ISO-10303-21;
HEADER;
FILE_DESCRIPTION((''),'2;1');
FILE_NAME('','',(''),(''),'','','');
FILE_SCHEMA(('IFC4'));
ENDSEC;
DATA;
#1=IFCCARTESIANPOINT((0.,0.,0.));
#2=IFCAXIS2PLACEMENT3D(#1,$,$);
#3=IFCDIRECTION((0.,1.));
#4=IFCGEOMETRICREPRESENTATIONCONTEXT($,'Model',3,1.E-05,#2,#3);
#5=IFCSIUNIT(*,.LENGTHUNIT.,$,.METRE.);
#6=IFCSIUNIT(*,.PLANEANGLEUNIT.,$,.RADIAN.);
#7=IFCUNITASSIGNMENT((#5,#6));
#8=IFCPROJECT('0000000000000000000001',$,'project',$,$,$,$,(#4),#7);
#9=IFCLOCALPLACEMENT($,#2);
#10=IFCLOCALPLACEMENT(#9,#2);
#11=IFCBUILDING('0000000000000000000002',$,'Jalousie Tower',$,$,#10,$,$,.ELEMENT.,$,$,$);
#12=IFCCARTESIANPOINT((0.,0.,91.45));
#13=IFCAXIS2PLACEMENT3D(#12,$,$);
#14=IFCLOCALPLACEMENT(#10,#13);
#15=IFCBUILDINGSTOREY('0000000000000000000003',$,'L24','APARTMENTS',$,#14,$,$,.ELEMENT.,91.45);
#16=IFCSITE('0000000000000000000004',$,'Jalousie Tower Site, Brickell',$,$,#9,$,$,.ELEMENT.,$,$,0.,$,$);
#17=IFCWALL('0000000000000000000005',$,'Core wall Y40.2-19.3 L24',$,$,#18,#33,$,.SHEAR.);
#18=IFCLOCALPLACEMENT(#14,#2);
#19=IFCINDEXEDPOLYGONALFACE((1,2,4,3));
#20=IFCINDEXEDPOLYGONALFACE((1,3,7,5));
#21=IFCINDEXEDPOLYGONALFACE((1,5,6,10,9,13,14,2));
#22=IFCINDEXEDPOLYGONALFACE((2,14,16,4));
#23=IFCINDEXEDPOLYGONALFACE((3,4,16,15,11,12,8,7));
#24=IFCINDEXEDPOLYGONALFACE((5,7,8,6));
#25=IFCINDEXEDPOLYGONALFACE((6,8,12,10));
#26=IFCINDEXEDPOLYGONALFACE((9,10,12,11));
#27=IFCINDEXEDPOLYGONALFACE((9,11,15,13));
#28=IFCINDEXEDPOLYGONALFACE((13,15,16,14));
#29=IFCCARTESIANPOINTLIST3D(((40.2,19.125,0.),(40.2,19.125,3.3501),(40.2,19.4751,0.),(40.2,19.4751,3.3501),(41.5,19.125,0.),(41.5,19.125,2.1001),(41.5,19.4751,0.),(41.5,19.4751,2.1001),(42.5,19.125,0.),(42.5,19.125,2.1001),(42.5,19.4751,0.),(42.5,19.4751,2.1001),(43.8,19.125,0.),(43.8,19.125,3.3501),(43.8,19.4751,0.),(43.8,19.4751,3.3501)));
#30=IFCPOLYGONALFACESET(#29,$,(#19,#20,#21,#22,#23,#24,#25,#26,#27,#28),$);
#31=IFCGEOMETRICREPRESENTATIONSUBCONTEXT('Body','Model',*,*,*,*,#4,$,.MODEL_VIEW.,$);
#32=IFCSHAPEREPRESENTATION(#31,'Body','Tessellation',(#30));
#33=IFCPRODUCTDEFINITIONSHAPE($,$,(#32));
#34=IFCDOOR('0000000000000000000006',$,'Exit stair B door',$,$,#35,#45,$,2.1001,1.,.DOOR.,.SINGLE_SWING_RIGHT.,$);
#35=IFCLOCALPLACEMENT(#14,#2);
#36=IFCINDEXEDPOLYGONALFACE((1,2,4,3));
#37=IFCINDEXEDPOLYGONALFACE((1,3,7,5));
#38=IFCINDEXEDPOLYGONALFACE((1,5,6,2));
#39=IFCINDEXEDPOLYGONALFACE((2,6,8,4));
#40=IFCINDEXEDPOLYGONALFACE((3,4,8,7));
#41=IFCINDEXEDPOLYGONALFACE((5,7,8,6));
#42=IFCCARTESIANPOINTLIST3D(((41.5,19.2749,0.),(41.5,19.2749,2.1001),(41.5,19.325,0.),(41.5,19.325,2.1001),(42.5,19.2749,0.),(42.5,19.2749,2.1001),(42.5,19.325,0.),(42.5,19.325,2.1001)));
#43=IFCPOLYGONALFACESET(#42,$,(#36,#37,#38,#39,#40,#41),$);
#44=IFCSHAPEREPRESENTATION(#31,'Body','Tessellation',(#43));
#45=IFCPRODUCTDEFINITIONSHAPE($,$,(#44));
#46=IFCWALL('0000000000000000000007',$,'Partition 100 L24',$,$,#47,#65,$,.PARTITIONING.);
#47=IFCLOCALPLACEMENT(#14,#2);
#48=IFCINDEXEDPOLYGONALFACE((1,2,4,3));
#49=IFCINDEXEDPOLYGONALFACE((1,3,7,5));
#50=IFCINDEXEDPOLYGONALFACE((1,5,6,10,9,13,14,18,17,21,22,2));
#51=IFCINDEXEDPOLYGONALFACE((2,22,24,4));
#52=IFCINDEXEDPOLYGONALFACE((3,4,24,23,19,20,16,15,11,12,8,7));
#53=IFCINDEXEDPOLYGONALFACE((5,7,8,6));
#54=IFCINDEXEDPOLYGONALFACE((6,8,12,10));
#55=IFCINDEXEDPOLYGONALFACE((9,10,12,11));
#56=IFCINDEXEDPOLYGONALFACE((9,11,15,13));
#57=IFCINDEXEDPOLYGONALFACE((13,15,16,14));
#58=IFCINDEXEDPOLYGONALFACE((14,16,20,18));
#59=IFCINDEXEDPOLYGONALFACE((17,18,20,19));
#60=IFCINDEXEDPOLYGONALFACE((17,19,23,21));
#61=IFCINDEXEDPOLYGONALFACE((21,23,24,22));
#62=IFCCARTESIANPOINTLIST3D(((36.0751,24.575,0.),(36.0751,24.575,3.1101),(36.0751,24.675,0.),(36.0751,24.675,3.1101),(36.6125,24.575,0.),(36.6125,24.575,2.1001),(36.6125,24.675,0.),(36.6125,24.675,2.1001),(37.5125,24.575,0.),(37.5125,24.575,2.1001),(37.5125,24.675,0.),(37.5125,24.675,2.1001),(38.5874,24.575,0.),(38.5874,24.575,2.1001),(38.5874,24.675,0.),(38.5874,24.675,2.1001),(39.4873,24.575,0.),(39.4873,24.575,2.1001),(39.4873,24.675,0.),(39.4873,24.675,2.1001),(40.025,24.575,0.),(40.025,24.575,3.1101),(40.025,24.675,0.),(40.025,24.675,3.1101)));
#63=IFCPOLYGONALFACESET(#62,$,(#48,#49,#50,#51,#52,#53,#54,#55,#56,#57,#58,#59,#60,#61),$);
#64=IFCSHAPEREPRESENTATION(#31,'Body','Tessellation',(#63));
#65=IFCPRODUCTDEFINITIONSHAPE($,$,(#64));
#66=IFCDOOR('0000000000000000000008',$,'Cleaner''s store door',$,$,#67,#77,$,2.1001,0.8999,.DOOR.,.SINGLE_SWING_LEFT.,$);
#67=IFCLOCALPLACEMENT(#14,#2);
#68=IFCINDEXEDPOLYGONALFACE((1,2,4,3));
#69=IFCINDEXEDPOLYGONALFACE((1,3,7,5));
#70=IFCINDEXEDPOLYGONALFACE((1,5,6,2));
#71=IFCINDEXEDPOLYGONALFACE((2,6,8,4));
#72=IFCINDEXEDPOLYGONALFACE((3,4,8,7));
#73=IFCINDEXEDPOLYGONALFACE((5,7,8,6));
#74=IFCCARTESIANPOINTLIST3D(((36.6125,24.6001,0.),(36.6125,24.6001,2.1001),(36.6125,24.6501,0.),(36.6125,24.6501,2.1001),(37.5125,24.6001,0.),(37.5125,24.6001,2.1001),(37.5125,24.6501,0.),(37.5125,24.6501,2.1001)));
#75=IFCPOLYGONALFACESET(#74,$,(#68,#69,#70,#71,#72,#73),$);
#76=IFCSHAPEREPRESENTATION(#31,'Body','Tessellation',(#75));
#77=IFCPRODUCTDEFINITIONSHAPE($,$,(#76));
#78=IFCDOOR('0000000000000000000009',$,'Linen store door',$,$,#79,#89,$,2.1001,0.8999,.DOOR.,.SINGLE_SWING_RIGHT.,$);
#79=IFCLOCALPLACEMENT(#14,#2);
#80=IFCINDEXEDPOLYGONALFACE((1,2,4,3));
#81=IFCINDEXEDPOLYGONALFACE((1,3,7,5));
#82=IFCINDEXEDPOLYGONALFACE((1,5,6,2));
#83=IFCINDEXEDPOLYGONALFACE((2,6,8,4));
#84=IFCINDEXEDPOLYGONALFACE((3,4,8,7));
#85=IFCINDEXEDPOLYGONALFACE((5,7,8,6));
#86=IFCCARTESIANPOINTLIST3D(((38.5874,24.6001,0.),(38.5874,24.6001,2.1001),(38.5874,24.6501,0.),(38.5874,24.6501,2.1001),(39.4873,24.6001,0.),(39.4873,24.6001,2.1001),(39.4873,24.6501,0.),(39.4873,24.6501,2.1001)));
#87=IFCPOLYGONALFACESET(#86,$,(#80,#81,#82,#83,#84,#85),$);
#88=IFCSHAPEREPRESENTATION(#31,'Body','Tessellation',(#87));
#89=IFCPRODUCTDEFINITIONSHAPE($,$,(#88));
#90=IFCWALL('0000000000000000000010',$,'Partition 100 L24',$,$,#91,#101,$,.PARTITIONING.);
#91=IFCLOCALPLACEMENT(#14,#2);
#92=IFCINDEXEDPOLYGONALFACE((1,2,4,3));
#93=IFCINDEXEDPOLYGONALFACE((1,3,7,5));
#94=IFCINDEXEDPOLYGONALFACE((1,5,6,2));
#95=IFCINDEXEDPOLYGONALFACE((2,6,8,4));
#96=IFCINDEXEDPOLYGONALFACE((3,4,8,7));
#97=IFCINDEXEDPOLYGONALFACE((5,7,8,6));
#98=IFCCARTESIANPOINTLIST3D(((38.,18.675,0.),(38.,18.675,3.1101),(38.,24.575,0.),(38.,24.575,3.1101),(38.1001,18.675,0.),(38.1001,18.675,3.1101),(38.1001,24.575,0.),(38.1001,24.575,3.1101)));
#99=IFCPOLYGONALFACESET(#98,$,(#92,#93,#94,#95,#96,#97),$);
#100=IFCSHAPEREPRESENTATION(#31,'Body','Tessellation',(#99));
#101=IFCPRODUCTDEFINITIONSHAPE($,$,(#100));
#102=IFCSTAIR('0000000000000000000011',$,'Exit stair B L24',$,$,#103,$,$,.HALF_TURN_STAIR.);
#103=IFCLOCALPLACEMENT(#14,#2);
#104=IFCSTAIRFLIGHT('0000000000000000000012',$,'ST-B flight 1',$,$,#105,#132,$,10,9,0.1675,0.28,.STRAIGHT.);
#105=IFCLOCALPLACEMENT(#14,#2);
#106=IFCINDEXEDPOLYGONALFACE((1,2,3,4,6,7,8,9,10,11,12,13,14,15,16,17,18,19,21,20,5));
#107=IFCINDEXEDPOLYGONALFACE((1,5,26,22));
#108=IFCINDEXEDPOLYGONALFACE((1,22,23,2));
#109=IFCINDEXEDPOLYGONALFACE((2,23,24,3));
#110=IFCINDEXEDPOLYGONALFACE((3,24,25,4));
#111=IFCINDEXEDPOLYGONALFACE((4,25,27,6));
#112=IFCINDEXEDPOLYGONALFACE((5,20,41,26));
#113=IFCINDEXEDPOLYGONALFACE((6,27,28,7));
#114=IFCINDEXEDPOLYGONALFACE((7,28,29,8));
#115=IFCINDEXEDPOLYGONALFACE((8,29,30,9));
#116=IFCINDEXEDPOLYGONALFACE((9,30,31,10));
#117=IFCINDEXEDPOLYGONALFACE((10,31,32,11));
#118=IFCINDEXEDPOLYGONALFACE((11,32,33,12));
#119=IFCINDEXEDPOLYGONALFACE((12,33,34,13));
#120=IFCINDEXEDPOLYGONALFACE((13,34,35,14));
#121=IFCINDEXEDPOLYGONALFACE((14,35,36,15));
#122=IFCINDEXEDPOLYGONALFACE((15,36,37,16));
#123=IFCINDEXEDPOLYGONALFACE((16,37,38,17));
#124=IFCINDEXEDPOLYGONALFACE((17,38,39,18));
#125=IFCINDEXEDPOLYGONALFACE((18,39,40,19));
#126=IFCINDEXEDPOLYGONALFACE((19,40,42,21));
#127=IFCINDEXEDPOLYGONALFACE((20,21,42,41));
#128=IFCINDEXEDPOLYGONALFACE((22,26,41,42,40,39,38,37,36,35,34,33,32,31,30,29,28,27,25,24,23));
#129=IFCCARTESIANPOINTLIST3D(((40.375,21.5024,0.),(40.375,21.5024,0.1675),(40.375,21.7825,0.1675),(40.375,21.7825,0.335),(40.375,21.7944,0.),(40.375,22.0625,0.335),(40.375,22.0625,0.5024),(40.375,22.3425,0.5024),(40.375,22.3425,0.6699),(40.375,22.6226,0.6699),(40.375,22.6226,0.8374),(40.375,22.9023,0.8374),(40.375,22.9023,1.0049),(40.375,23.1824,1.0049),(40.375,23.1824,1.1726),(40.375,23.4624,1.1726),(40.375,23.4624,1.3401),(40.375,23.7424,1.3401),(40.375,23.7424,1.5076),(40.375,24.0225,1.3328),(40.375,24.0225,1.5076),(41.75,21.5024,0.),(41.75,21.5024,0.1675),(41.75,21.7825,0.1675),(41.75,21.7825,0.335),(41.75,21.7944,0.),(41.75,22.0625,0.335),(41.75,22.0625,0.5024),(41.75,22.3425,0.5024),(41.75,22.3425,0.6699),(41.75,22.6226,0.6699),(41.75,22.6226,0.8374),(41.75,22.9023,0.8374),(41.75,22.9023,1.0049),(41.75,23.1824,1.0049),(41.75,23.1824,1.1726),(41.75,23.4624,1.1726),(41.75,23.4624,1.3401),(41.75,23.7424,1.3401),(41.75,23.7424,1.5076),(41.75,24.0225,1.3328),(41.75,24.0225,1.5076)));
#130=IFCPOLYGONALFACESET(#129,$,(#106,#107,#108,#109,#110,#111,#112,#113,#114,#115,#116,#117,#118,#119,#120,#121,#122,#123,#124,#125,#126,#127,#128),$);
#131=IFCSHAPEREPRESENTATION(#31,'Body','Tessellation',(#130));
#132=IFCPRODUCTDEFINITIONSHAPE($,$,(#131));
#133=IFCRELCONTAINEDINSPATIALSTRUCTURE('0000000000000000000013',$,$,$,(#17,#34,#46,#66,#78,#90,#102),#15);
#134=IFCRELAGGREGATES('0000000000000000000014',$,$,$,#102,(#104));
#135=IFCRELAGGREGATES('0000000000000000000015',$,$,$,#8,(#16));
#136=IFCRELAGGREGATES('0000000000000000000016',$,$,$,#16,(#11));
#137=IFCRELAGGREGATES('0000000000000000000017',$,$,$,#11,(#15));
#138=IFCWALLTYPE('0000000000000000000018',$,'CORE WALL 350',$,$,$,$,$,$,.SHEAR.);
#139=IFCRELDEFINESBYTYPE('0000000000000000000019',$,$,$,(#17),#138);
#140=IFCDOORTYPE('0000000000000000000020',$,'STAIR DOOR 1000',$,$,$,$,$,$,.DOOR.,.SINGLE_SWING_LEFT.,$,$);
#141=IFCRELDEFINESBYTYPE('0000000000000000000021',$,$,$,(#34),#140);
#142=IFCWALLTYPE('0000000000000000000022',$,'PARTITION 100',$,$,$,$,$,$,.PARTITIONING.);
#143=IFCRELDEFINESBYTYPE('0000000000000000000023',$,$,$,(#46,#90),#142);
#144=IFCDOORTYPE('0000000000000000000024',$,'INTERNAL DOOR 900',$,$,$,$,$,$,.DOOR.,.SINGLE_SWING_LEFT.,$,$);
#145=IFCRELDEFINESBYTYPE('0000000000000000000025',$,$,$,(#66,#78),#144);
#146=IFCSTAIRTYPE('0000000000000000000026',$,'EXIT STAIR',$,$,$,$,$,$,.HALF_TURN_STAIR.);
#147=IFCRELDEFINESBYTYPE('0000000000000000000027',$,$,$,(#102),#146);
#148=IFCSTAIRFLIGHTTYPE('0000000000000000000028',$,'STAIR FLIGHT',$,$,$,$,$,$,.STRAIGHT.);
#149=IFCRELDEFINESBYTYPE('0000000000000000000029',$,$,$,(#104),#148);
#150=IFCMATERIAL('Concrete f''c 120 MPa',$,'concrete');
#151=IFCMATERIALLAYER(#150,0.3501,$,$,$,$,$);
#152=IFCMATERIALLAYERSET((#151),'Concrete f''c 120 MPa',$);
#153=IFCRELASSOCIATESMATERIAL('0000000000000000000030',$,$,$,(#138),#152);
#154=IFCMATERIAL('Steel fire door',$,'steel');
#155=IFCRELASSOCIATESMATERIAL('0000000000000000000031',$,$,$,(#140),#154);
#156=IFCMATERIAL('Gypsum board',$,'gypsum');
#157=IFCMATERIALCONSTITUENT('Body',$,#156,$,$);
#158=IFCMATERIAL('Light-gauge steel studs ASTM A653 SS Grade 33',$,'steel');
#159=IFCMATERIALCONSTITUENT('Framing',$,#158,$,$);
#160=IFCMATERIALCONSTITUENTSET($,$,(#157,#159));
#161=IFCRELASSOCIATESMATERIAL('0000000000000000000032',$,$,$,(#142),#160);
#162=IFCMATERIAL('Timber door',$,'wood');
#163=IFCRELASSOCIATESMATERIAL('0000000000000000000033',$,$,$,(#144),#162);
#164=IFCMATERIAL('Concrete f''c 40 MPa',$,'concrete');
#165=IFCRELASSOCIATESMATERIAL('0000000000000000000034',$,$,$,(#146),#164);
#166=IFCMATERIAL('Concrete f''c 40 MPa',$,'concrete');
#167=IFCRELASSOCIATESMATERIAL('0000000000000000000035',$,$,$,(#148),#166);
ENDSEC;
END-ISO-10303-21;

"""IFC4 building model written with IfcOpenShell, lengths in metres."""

from ifc_helpers import new_model, si_unit, direction, frame, frame_2d, origin, place, context, subcontext, project, spatial, polyline, rectangle, outline, extrude, material, layer, layer_set, constituent, constituent_set, type_object, element, fill, aggregate, save


model = new_model("IFC4")

# Units and contexts
model_context = context("Model", 3, precision=1e-05, world=origin(), true_north=direction((0.0, 1.0)))
body_context = subcontext(model_context, "Body", "Model", "MODEL_VIEW")
ifc_project = project(units=[si_unit("LENGTHUNIT", "METRE"), si_unit("PLANEANGLEUNIT", "RADIAN")], contexts=[model_context])

# Site, building, storey
site_placement = place(None, origin())
site = spatial("IfcSite", under=ifc_project, at=site_placement, Name="Jalousie Tower Site, Brickell", CompositionType="ELEMENT", RefElevation=0.0)
building_placement = place(site_placement, origin())
building = spatial("IfcBuilding", under=site, at=building_placement, Name="Jalousie Tower", CompositionType="ELEMENT")
storey_placement = place(building_placement, frame((0.0, 0.0, 91.45)))
storey = spatial("IfcBuildingStorey", under=building, at=storey_placement, Name="L24", Description="APARTMENTS", CompositionType="ELEMENT", Elevation=91.45)

# Shared definitions
ifc_material_1 = material(Name="Concrete f'c 120 MPa", Category="concrete")
ifc_layer_1 = layer(ifc_material_1, 0.3501)
ifc_layer_set_1 = layer_set([ifc_layer_1], Name="Concrete f'c 120 MPa")
wall_type_1 = type_object("IfcWallType", Name="CORE WALL 350", PredefinedType="SHEAR", material=ifc_layer_set_1)

# Wall, opening, door
wall_1_placement = place(storey_placement, frame((40.2, 19.3, 0.0), z_axis=(0.0, 0.0, 1.0), x_axis=(1.0, 0.0, 0.0)))
wall_1 = element("IfcWall", 1, at=wall_1_placement, inside=storey, type_object=wall_type_1, Name="Core wall Y40.2-19.3 L24", PredefinedType="SHEAR", context=body_context, shape_type="SweptSolid", body=[
    extrude(rectangle(XDim=3.6001, YDim=0.3501, at=frame_2d((1.8, 0.0))), origin(), (0.0, 0.0, 1.0), 3.3501),
])
opening_1_placement = place(wall_1_placement, frame((1.3, 0.0, 0.0)))
opening_1 = element("IfcOpeningElement", 2, at=opening_1_placement, cuts=wall_1, PredefinedType="OPENING", context=body_context, shape_type="SweptSolid", body=[
    extrude(rectangle(XDim=1.0, YDim=2.1001, at=frame_2d((0.5, 1.05))), frame((0.0, 0.1851, 0.0), z_axis=(0.0, -1.0, 0.0), x_axis=(1.0, 0.0, 0.0)), (0.0, 0.0, 1.0), 0.3701),
])
ifc_material_2 = material(Name="Steel fire door", Category="steel")
door_type_1 = type_object("IfcDoorType", Name="STAIR DOOR 1000", OperationType="SINGLE_SWING_LEFT", PredefinedType="DOOR", material=ifc_material_2)
door_1_placement = place(opening_1_placement, origin())
door_1 = element("IfcDoor", 3, at=door_1_placement, inside=storey, type_object=door_type_1, Name="Exit stair B door", OperationType="SINGLE_SWING_RIGHT", OverallHeight=2.1001, OverallWidth=1.0, PredefinedType="DOOR", context=body_context, shape_type="SweptSolid", body=[
    extrude(rectangle(XDim=1.0, YDim=2.1001, at=frame_2d((0.5, 1.05))), frame((0.0, 0.0249, 0.0), z_axis=(0.0, -1.0, 0.0), x_axis=(1.0, 0.0, 0.0)), (0.0, 0.0, 1.0), 0.05),
])
fill(opening_1, door_1)

# Wall, openings, doors
ifc_material_3 = material(Name="Gypsum board", Category="gypsum")
ifc_constituent_1 = constituent(ifc_material_3, Name="Body")
ifc_material_4 = material(Name="Light-gauge steel studs ASTM A653 SS Grade 33", Category="steel")
ifc_constituent_2 = constituent(ifc_material_4, Name="Framing")
ifc_constituent_set_1 = constituent_set(constituents=[ifc_constituent_1, ifc_constituent_2])
wall_type_2 = type_object("IfcWallType", Name="PARTITION 100", PredefinedType="PARTITIONING", material=ifc_constituent_set_1)
wall_2_placement = place(storey_placement, frame((36.075, 24.625, 0.0), z_axis=(0.0, 0.0, 1.0), x_axis=(1.0, 0.0, 0.0)))
wall_2 = element("IfcWall", 4, at=wall_2_placement, inside=storey, type_object=wall_type_2, Name="Partition 100 L24", PredefinedType="PARTITIONING", context=body_context, shape_type="SweptSolid", body=[
    extrude(rectangle(XDim=3.95, YDim=0.1001, at=frame_2d((1.9751, 0.0))), origin(), (0.0, 0.0, 1.0), 3.1101),
])
opening_2_placement = place(wall_2_placement, frame((0.5376, 0.0, 0.0)))
opening_2 = element("IfcOpeningElement", 5, at=opening_2_placement, cuts=wall_2, PredefinedType="OPENING", context=body_context, shape_type="SweptSolid", body=[
    extrude(rectangle(XDim=0.8999, YDim=2.1001, at=frame_2d((0.45, 1.05))), frame((0.0, 0.0601, 0.0), z_axis=(0.0, -1.0, 0.0), x_axis=(1.0, 0.0, 0.0)), (0.0, 0.0, 1.0), 0.1201),
])
opening_3_placement = place(wall_2_placement, frame((2.5125, 0.0, 0.0)))
opening_3 = element("IfcOpeningElement", 6, at=opening_3_placement, cuts=wall_2, PredefinedType="OPENING", context=body_context, shape_type="SweptSolid", body=[
    extrude(rectangle(XDim=0.8999, YDim=2.1001, at=frame_2d((0.45, 1.05))), frame((0.0, 0.0601, 0.0), z_axis=(0.0, -1.0, 0.0), x_axis=(1.0, 0.0, 0.0)), (0.0, 0.0, 1.0), 0.1201),
])
ifc_material_5 = material(Name="Timber door", Category="wood")
door_type_2 = type_object("IfcDoorType", Name="INTERNAL DOOR 900", OperationType="SINGLE_SWING_LEFT", PredefinedType="DOOR", material=ifc_material_5)
door_2_placement = place(opening_2_placement, frame((0.8999, 0.0, 0.0), z_axis=(0.0, 0.0, 1.0), x_axis=(-1.0, 0.0, 0.0)))
door_2 = element("IfcDoor", 7, at=door_2_placement, inside=storey, type_object=door_type_2, Name="Cleaner's store door", OperationType="SINGLE_SWING_LEFT", OverallHeight=2.1001, OverallWidth=0.8999, PredefinedType="DOOR", context=body_context, shape_type="SweptSolid", body=[
    extrude(rectangle(XDim=0.8999, YDim=2.1001, at=frame_2d((0.45, 1.05))), frame((0.0, 0.0249, 0.0), z_axis=(0.0, -1.0, 0.0), x_axis=(1.0, 0.0, 0.0)), (0.0, 0.0, 1.0), 0.05),
])
fill(opening_2, door_2)
door_3_placement = place(opening_3_placement, frame((0.8999, 0.0, 0.0), z_axis=(0.0, 0.0, 1.0), x_axis=(-1.0, 0.0, 0.0)))
door_3 = element("IfcDoor", 8, at=door_3_placement, inside=storey, type_object=door_type_2, Name="Linen store door", OperationType="SINGLE_SWING_RIGHT", OverallHeight=2.1001, OverallWidth=0.8999, PredefinedType="DOOR", context=body_context, shape_type="SweptSolid", body=[
    extrude(rectangle(XDim=0.8999, YDim=2.1001, at=frame_2d((0.45, 1.05))), frame((0.0, 0.0249, 0.0), z_axis=(0.0, -1.0, 0.0), x_axis=(1.0, 0.0, 0.0)), (0.0, 0.0, 1.0), 0.05),
])
fill(opening_3, door_3)

# Wall
wall_3_placement = place(storey_placement, frame((38.05, 18.675, 0.0), z_axis=(0.0, 0.0, 1.0), x_axis=(0.0, 1.0, 0.0)))
element("IfcWall", 9, at=wall_3_placement, inside=storey, type_object=wall_type_2, Name="Partition 100 L24", PredefinedType="PARTITIONING", context=body_context, shape_type="SweptSolid", body=[
    extrude(rectangle(XDim=5.8999, YDim=0.1001, at=frame_2d((2.95, 0.0))), origin(), (0.0, 0.0, 1.0), 3.1101),
])

# Stair, stair flight
ifc_material_6 = material(Name="Concrete f'c 40 MPa", Category="concrete")
stair_type = type_object("IfcStairType", Name="EXIT STAIR", PredefinedType="HALF_TURN_STAIR", material=ifc_material_6)
stair_placement = place(storey_placement, origin())
stair = element("IfcStair", 10, at=stair_placement, inside=storey, type_object=stair_type, Name="Exit stair B L24", PredefinedType="HALF_TURN_STAIR")
ifc_material_7 = material(Name="Concrete f'c 40 MPa", Category="concrete")
stair_flight_type = type_object("IfcStairFlightType", Name="STAIR FLIGHT", PredefinedType="STRAIGHT", material=ifc_material_7)
stair_flight_placement = place(storey_placement, frame((41.0625, 21.5024, 0.0), z_axis=(0.0, 0.0, 1.0), x_axis=(0.0, 1.0, 0.0)))
stair_flight = element("IfcStairFlight", 11, at=stair_flight_placement, type_object=stair_flight_type, Name="ST-B flight 1", NumberOfRisers=10, NumberOfTreads=9, PredefinedType="STRAIGHT", RiserHeight=0.1675, TreadLength=0.28, context=body_context, shape_type="SweptSolid", body=[
    extrude(outline(polyline([(0.0, 0.0), (0.0, 0.1675), (0.28, 0.1675), (0.28, 0.335), (0.5601, 0.335), (0.5601, 0.5024), (0.8401, 0.5024), (0.8401, 0.6699), (1.1201, 0.6699), (1.1201, 0.8374), (1.3999, 0.8374), (1.3999, 1.0049), (1.6799, 1.0049), (1.6799, 1.1726), (1.96, 1.1726), (1.96, 1.3401), (2.24, 1.3401), (2.24, 1.5076), (2.52, 1.5076), (2.52, 1.675), (2.52, 1.3328), (0.292, 0.0), (0.0, 0.0)])), frame((0.0, 0.6875, 0.0), z_axis=(0.0, -1.0, 0.0), x_axis=(1.0, 0.0, 0.0)), (0.0, 0.0, 1.0), 1.375),
])
aggregate(stair, [stair_flight])

save(model, "model.ifc")
